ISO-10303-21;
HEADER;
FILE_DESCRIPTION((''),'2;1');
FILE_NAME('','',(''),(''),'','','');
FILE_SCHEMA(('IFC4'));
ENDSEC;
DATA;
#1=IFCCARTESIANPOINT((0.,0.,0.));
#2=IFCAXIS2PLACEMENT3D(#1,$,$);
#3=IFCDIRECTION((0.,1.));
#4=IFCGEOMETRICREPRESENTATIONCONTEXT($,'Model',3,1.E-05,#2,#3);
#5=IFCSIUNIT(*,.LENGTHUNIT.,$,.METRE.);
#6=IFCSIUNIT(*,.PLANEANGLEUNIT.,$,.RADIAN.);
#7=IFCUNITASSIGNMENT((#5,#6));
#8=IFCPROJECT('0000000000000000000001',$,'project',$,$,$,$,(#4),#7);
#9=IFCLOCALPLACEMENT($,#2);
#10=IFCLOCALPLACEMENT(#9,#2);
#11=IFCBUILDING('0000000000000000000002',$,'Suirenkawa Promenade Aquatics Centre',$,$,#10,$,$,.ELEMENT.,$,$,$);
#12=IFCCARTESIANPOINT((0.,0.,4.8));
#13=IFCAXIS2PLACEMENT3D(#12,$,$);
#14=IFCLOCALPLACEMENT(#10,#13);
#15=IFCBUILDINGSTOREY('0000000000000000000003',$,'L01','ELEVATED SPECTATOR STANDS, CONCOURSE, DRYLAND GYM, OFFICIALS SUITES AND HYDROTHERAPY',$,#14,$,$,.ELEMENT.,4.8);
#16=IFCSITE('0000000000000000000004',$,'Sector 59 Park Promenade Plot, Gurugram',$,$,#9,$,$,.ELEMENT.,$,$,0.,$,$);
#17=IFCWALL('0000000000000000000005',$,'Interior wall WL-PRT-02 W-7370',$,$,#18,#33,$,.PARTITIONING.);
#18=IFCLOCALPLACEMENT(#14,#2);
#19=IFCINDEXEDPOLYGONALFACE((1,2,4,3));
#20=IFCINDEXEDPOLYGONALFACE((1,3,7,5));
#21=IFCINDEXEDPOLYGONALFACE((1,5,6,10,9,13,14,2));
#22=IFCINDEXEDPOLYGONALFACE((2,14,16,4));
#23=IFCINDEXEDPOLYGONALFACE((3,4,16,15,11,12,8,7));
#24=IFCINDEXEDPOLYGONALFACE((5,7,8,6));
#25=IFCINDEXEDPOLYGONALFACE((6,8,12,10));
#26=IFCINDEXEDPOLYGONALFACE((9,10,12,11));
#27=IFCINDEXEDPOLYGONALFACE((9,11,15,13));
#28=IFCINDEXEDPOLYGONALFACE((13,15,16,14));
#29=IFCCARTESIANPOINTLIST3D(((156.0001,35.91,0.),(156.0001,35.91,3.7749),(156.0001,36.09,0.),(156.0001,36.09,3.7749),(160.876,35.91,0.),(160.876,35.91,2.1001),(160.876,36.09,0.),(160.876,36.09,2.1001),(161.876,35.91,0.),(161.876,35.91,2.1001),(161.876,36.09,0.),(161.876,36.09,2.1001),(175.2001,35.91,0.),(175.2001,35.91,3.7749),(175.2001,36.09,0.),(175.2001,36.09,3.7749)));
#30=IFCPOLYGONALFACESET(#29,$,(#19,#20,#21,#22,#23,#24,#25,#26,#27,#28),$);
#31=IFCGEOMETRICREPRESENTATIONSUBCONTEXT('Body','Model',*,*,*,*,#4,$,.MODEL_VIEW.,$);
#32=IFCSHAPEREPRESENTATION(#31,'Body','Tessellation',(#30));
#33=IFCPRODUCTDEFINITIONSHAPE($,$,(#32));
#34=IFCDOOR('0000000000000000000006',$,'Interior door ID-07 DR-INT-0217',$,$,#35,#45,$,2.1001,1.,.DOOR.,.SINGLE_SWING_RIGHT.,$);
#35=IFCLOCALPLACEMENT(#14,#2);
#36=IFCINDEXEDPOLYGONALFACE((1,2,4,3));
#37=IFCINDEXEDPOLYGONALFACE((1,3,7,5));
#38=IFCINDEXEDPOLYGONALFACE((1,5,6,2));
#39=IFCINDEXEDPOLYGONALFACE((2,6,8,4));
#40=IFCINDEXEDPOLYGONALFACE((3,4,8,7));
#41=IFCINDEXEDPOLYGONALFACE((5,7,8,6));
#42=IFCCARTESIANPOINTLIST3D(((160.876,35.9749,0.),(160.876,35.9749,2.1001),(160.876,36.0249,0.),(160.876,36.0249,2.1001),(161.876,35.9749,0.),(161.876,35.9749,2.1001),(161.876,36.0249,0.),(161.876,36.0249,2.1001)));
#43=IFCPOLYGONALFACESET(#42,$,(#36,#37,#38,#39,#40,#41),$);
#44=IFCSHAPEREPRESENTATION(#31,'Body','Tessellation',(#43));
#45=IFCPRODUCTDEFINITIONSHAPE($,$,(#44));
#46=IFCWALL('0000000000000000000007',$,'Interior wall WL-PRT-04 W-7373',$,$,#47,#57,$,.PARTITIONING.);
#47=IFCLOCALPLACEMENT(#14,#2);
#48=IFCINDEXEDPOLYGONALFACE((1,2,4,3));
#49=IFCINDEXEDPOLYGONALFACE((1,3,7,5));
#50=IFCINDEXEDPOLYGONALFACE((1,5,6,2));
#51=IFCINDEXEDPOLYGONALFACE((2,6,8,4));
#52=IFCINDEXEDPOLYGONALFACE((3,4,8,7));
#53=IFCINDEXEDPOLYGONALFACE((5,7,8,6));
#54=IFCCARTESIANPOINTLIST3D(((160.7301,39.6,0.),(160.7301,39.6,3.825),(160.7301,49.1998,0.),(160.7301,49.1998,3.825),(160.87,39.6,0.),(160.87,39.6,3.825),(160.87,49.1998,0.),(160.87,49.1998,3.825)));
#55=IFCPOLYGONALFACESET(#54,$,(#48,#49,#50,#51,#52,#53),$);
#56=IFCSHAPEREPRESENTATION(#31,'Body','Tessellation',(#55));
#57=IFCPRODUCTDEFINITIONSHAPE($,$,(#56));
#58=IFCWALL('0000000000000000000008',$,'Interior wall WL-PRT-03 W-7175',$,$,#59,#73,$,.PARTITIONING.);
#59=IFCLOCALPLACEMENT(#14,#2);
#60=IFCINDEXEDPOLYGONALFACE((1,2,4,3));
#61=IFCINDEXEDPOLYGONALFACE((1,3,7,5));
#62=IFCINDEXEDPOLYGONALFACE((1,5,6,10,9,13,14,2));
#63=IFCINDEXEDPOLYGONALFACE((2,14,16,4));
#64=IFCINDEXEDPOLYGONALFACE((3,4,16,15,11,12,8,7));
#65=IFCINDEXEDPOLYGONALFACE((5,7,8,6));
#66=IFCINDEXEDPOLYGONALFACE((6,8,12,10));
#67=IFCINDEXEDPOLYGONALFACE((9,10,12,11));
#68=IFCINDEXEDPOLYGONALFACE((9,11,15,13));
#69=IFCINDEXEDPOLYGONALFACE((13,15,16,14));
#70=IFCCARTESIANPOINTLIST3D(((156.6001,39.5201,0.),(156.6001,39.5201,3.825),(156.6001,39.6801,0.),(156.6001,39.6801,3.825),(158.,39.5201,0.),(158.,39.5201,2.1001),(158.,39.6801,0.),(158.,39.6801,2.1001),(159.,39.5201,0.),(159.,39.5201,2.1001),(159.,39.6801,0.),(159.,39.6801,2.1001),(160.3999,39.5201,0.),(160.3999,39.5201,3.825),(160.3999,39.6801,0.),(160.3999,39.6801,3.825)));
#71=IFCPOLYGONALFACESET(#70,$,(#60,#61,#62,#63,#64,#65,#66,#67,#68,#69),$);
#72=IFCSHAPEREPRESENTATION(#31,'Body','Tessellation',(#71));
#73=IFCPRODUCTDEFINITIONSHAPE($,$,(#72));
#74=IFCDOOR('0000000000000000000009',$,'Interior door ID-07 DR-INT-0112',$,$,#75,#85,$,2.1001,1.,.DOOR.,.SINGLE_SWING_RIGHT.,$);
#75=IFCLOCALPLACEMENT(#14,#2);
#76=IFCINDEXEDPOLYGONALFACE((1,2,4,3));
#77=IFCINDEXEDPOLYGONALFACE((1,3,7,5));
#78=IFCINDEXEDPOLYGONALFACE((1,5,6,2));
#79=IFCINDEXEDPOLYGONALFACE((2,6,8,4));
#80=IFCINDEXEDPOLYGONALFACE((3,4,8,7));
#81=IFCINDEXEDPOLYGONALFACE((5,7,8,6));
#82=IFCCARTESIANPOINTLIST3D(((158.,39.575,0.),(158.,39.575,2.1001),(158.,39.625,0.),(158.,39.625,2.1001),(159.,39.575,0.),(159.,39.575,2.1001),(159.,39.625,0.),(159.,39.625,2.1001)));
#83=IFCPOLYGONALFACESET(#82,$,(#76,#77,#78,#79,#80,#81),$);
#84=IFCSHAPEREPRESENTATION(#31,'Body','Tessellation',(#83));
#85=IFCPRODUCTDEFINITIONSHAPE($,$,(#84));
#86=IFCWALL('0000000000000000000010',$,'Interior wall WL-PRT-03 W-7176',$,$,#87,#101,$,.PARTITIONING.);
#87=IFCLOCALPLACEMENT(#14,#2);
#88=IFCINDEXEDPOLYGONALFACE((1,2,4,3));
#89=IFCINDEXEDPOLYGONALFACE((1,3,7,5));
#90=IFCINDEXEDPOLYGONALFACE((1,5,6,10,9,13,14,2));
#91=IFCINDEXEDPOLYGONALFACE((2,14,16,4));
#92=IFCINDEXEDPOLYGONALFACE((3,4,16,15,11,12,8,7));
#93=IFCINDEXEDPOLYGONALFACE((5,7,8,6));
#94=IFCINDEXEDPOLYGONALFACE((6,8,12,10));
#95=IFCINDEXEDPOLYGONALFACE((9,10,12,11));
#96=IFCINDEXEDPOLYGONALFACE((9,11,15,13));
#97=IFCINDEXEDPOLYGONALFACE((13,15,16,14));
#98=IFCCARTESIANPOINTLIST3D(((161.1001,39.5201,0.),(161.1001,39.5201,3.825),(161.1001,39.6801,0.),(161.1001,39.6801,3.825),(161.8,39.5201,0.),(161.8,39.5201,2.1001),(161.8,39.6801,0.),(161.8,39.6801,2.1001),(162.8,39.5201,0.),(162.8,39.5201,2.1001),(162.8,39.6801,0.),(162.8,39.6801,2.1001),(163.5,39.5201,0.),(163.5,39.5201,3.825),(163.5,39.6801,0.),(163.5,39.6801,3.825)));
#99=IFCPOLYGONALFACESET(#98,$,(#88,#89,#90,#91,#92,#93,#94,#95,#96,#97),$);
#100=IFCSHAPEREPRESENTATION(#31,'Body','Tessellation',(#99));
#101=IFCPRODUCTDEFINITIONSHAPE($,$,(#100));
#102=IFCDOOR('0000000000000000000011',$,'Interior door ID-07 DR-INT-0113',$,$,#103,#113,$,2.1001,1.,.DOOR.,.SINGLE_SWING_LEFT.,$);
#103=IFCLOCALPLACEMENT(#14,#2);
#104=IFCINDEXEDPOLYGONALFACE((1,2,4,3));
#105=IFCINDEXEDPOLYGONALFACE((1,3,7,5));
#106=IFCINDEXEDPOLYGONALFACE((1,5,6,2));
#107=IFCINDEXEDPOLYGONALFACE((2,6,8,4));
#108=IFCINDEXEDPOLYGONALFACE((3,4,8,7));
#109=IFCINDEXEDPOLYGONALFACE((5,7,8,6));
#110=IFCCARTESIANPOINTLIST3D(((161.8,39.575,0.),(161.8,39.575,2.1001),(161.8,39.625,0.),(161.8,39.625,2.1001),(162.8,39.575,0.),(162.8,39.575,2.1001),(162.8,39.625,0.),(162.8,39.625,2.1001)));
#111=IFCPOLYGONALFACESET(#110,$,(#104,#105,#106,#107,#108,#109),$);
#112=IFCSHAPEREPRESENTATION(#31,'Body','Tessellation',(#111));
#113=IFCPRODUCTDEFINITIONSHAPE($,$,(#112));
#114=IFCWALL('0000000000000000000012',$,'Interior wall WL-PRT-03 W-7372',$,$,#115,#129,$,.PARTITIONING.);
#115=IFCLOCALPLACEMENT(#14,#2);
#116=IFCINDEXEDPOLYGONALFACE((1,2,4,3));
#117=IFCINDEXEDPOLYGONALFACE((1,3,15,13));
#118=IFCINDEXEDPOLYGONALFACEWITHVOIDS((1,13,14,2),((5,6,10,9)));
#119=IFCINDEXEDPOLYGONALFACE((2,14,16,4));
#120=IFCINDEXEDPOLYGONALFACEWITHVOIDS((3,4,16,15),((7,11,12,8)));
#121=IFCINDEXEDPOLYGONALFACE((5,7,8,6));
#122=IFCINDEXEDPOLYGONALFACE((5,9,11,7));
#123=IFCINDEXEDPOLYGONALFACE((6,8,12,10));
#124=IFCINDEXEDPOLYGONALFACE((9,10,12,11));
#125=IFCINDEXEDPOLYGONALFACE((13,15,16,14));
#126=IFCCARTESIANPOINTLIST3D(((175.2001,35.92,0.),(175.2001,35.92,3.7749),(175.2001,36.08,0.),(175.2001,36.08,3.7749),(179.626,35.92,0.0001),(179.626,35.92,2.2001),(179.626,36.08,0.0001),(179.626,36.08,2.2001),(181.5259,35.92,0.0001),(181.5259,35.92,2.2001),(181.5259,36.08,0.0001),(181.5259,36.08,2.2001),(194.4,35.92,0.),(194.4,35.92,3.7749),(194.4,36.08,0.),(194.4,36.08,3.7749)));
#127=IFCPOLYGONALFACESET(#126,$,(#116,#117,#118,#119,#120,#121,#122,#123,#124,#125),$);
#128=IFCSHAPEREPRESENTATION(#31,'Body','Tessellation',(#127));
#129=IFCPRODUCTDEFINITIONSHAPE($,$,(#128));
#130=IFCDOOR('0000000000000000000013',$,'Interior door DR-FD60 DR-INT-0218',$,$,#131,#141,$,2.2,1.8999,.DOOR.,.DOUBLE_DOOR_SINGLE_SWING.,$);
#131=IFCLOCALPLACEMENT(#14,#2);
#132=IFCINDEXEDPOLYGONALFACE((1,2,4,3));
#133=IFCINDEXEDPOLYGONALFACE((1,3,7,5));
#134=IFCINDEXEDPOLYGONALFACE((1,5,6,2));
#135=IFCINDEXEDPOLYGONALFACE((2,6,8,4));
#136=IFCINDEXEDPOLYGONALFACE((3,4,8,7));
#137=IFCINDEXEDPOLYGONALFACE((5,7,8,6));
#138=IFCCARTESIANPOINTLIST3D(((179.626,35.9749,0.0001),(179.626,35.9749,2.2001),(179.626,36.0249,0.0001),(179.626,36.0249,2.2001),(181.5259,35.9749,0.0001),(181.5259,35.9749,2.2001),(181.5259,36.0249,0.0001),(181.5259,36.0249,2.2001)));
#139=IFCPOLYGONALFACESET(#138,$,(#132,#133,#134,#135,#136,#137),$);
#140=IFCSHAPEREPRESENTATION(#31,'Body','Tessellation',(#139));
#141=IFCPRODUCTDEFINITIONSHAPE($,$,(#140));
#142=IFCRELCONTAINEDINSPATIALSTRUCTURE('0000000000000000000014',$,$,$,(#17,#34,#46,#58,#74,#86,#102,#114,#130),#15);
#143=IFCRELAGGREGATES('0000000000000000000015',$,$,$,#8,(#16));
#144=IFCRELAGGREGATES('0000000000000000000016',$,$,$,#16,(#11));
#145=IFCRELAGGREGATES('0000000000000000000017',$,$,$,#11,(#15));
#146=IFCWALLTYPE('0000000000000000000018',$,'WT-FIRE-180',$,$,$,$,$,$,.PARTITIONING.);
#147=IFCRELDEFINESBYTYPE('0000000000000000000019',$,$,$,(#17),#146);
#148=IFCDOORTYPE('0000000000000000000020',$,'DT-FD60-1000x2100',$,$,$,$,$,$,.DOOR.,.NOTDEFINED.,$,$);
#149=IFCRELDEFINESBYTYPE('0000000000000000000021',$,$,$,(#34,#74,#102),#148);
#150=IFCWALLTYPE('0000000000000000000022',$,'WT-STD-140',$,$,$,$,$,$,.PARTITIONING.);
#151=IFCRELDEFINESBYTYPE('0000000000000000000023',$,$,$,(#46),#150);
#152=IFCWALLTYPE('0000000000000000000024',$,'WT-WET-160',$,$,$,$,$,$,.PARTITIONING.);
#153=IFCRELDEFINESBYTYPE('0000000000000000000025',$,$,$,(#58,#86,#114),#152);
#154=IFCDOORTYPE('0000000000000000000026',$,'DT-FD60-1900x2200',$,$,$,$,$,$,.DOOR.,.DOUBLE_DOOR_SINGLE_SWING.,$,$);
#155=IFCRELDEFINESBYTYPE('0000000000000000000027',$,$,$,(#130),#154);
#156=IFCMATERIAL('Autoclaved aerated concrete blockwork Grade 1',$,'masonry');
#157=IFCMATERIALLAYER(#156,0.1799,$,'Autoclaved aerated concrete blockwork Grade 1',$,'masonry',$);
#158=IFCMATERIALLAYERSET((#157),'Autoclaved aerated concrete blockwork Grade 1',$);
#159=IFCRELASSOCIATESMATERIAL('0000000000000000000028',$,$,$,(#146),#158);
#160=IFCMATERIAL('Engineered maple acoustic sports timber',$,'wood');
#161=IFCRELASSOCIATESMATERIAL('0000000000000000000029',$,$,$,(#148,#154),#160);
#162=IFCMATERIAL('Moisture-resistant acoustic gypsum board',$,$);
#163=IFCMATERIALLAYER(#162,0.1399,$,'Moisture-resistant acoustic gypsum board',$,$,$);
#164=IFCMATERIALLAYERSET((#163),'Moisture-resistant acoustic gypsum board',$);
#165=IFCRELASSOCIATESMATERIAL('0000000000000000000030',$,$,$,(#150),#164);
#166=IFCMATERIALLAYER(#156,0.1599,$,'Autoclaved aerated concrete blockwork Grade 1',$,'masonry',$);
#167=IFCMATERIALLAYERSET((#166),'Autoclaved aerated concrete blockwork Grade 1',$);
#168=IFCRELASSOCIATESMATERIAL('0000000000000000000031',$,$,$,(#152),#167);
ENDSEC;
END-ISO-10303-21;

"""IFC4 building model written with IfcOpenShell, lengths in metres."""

from ifc_helpers import new_model, si_unit, direction, frame, frame_2d, origin, place, context, subcontext, project, spatial, rectangle, extrude, material, layer, layer_set, type_object, element, fill, save


model = new_model("IFC4")

# Units and contexts
model_context = context("Model", 3, precision=1e-05, world=origin(), true_north=direction((0.0, 1.0)))
body_context = subcontext(model_context, "Body", "Model", "MODEL_VIEW")
ifc_project = project(units=[si_unit("LENGTHUNIT", "METRE"), si_unit("PLANEANGLEUNIT", "RADIAN")], contexts=[model_context])

# Site, building, storey
site_placement = place(None, origin())
site = spatial("IfcSite", under=ifc_project, at=site_placement, Name="Sector 59 Park Promenade Plot, Gurugram", CompositionType="ELEMENT", RefElevation=0.0)
building_placement = place(site_placement, origin())
building = spatial("IfcBuilding", under=site, at=building_placement, Name="Suirenkawa Promenade Aquatics Centre", CompositionType="ELEMENT")
storey_placement = place(building_placement, frame((0.0, 0.0, 4.8)))
storey = spatial("IfcBuildingStorey", under=building, at=storey_placement, Name="L01", Description="ELEVATED SPECTATOR STANDS, CONCOURSE, DRYLAND GYM, OFFICIALS SUITES AND HYDROTHERAPY", CompositionType="ELEMENT", Elevation=4.8)

# Wall, opening, door
ifc_material_1 = material(Name="Autoclaved aerated concrete blockwork Grade 1", Category="masonry")
ifc_layer_1 = layer(ifc_material_1, 0.1799, Name="Autoclaved aerated concrete blockwork Grade 1", Category="masonry")
ifc_layer_set_1 = layer_set([ifc_layer_1], Name="Autoclaved aerated concrete blockwork Grade 1")
wall_type_1 = type_object("IfcWallType", Name="WT-FIRE-180", PredefinedType="PARTITIONING", material=ifc_layer_set_1)
wall_1_placement = place(storey_placement, frame((156.0, 36.0, 0.0), z_axis=(0.0, 0.0, 1.0), x_axis=(1.0, 0.0, 0.0)))
wall_1 = element("IfcWall", 1, at=wall_1_placement, inside=storey, type_object=wall_type_1, Name="Interior wall WL-PRT-02 W-7370", PredefinedType="PARTITIONING", context=body_context, shape_type="SweptSolid", body=[
    extrude(rectangle(XDim=19.2, YDim=0.1799, at=frame_2d((9.6001, 0.0))), origin(), (0.0, 0.0, 1.0), 3.7749),
])
opening_1_placement = place(wall_1_placement, frame((4.876, 0.0, 0.0)))
opening_1 = element("IfcOpeningElement", 2, at=opening_1_placement, cuts=wall_1, PredefinedType="OPENING", context=body_context, shape_type="SweptSolid", body=[
    extrude(rectangle(XDim=1.0, YDim=2.1001, at=frame_2d((0.5, 1.05))), frame((0.0, 0.0999, 0.0), z_axis=(0.0, -1.0, 0.0), x_axis=(1.0, 0.0, 0.0)), (0.0, 0.0, 1.0), 0.2),
])
ifc_material_2 = material(Name="Engineered maple acoustic sports timber", Category="wood")
door_type_1 = type_object("IfcDoorType", Name="DT-FD60-1000x2100", OperationType="NOTDEFINED", PredefinedType="DOOR", material=ifc_material_2)
door_1_placement = place(opening_1_placement, origin())
door_1 = element("IfcDoor", 3, at=door_1_placement, inside=storey, type_object=door_type_1, Name="Interior door ID-07 DR-INT-0217", OperationType="SINGLE_SWING_RIGHT", OverallHeight=2.1001, OverallWidth=1.0, PredefinedType="DOOR", context=body_context, shape_type="SweptSolid", body=[
    extrude(rectangle(XDim=1.0, YDim=2.1001, at=frame_2d((0.5, 1.05))), frame((0.0, 0.0249, 0.0), z_axis=(0.0, -1.0, 0.0), x_axis=(1.0, 0.0, 0.0)), (0.0, 0.0, 1.0), 0.05),
])
fill(opening_1, door_1)

# Wall
ifc_material_3 = material(Name="Moisture-resistant acoustic gypsum board")
ifc_layer_2 = layer(ifc_material_3, 0.1399, Name="Moisture-resistant acoustic gypsum board")
ifc_layer_set_2 = layer_set([ifc_layer_2], Name="Moisture-resistant acoustic gypsum board")
wall_type_2 = type_object("IfcWallType", Name="WT-STD-140", PredefinedType="PARTITIONING", material=ifc_layer_set_2)
wall_2_placement = place(storey_placement, frame((160.8, 39.6001, 0.0), z_axis=(0.0, 0.0, 1.0), x_axis=(0.0, 1.0, 0.0)))
element("IfcWall", 4, at=wall_2_placement, inside=storey, type_object=wall_type_2, Name="Interior wall WL-PRT-04 W-7373", PredefinedType="PARTITIONING", context=body_context, shape_type="SweptSolid", body=[
    extrude(rectangle(XDim=9.5999, YDim=0.1399, at=frame_2d((4.7998, 0.0))), origin(), (0.0, 0.0, 1.0), 3.825),
])

# Walls, openings, doors
ifc_layer_3 = layer(ifc_material_1, 0.1599, Name="Autoclaved aerated concrete blockwork Grade 1", Category="masonry")
ifc_layer_set_3 = layer_set([ifc_layer_3], Name="Autoclaved aerated concrete blockwork Grade 1")
wall_type_3 = type_object("IfcWallType", Name="WT-WET-160", PredefinedType="PARTITIONING", material=ifc_layer_set_3)
wall_3_placement = place(storey_placement, frame((156.6001, 39.6001, 0.0), z_axis=(0.0, 0.0, 1.0), x_axis=(1.0, 0.0, 0.0)))
wall_3 = element("IfcWall", 5, at=wall_3_placement, inside=storey, type_object=wall_type_3, Name="Interior wall WL-PRT-03 W-7175", PredefinedType="PARTITIONING", context=body_context, shape_type="SweptSolid", body=[
    extrude(rectangle(XDim=3.7998, YDim=0.1599, at=frame_2d((1.8999, 0.0))), origin(), (0.0, 0.0, 1.0), 3.825),
])
opening_2_placement = place(wall_3_placement, frame((1.3999, 0.0, 0.0)))
opening_2 = element("IfcOpeningElement", 6, at=opening_2_placement, cuts=wall_3, PredefinedType="OPENING", context=body_context, shape_type="SweptSolid", body=[
    extrude(rectangle(XDim=1.0, YDim=2.1001, at=frame_2d((0.5, 1.05))), frame((0.0, 0.0898, 0.0), z_axis=(0.0, -1.0, 0.0), x_axis=(1.0, 0.0, 0.0)), (0.0, 0.0, 1.0), 0.1799),
])
door_2_placement = place(opening_2_placement, origin())
door_2 = element("IfcDoor", 7, at=door_2_placement, inside=storey, type_object=door_type_1, Name="Interior door ID-07 DR-INT-0112", OperationType="SINGLE_SWING_RIGHT", OverallHeight=2.1001, OverallWidth=1.0, PredefinedType="DOOR", context=body_context, shape_type="SweptSolid", body=[
    extrude(rectangle(XDim=1.0, YDim=2.1001, at=frame_2d((0.5, 1.05))), frame((0.0, 0.0249, 0.0), z_axis=(0.0, -1.0, 0.0), x_axis=(1.0, 0.0, 0.0)), (0.0, 0.0, 1.0), 0.05),
])
fill(opening_2, door_2)
wall_4_placement = place(storey_placement, frame((161.1001, 39.6001, 0.0), z_axis=(0.0, 0.0, 1.0), x_axis=(1.0, 0.0, 0.0)))
wall_4 = element("IfcWall", 8, at=wall_4_placement, inside=storey, type_object=wall_type_3, Name="Interior wall WL-PRT-03 W-7176", PredefinedType="PARTITIONING", context=body_context, shape_type="SweptSolid", body=[
    extrude(rectangle(XDim=2.3999, YDim=0.1599, at=frame_2d((1.2, 0.0))), origin(), (0.0, 0.0, 1.0), 3.825),
])
opening_3_placement = place(wall_4_placement, frame((0.7, 0.0, 0.0)))
opening_3 = element("IfcOpeningElement", 9, at=opening_3_placement, cuts=wall_4, PredefinedType="OPENING", context=body_context, shape_type="SweptSolid", body=[
    extrude(rectangle(XDim=1.0, YDim=2.1001, at=frame_2d((0.5, 1.05))), frame((0.0, 0.0898, 0.0), z_axis=(0.0, -1.0, 0.0), x_axis=(1.0, 0.0, 0.0)), (0.0, 0.0, 1.0), 0.1799),
])
door_3_placement = place(opening_3_placement, origin())
door_3 = element("IfcDoor", 10, at=door_3_placement, inside=storey, type_object=door_type_1, Name="Interior door ID-07 DR-INT-0113", OperationType="SINGLE_SWING_LEFT", OverallHeight=2.1001, OverallWidth=1.0, PredefinedType="DOOR", context=body_context, shape_type="SweptSolid", body=[
    extrude(rectangle(XDim=1.0, YDim=2.1001, at=frame_2d((0.5, 1.05))), frame((0.0, 0.0249, 0.0), z_axis=(0.0, -1.0, 0.0), x_axis=(1.0, 0.0, 0.0)), (0.0, 0.0, 1.0), 0.05),
])
fill(opening_3, door_3)
wall_5_placement = place(storey_placement, frame((175.2, 36.0, 0.0), z_axis=(0.0, 0.0, 1.0), x_axis=(1.0, 0.0, 0.0)))
wall_5 = element("IfcWall", 11, at=wall_5_placement, inside=storey, type_object=wall_type_3, Name="Interior wall WL-PRT-03 W-7372", PredefinedType="PARTITIONING", context=body_context, shape_type="SweptSolid", body=[
    extrude(rectangle(XDim=19.2, YDim=0.1599, at=frame_2d((9.6001, 0.0))), origin(), (0.0, 0.0, 1.0), 3.7749),
])
opening_4_placement = place(wall_5_placement, frame((4.426, 0.0, 0.0)))
opening_4 = element("IfcOpeningElement", 12, at=opening_4_placement, cuts=wall_5, PredefinedType="OPENING", context=body_context, shape_type="SweptSolid", body=[
    extrude(rectangle(XDim=1.8999, YDim=2.2, at=frame_2d((0.95, 1.1001))), frame((0.0, 0.0898, 0.0), z_axis=(0.0, -1.0, 0.0), x_axis=(1.0, 0.0, 0.0)), (0.0, 0.0, 1.0), 0.1799),
])
door_type_2 = type_object("IfcDoorType", Name="DT-FD60-1900x2200", OperationType="DOUBLE_DOOR_SINGLE_SWING", PredefinedType="DOOR", material=ifc_material_2)
door_4_placement = place(opening_4_placement, origin())
door_4 = element("IfcDoor", 13, at=door_4_placement, inside=storey, type_object=door_type_2, Name="Interior door DR-FD60 DR-INT-0218", OperationType="DOUBLE_DOOR_SINGLE_SWING", OverallHeight=2.2, OverallWidth=1.8999, PredefinedType="DOOR", context=body_context, shape_type="SweptSolid", body=[
    extrude(rectangle(XDim=1.8999, YDim=2.2, at=frame_2d((0.95, 1.1001))), frame((0.0, 0.0249, 0.0), z_axis=(0.0, -1.0, 0.0), x_axis=(1.0, 0.0, 0.0)), (0.0, 0.0, 1.0), 0.05),
])
fill(opening_4, door_4)

save(model, "model.ifc")
